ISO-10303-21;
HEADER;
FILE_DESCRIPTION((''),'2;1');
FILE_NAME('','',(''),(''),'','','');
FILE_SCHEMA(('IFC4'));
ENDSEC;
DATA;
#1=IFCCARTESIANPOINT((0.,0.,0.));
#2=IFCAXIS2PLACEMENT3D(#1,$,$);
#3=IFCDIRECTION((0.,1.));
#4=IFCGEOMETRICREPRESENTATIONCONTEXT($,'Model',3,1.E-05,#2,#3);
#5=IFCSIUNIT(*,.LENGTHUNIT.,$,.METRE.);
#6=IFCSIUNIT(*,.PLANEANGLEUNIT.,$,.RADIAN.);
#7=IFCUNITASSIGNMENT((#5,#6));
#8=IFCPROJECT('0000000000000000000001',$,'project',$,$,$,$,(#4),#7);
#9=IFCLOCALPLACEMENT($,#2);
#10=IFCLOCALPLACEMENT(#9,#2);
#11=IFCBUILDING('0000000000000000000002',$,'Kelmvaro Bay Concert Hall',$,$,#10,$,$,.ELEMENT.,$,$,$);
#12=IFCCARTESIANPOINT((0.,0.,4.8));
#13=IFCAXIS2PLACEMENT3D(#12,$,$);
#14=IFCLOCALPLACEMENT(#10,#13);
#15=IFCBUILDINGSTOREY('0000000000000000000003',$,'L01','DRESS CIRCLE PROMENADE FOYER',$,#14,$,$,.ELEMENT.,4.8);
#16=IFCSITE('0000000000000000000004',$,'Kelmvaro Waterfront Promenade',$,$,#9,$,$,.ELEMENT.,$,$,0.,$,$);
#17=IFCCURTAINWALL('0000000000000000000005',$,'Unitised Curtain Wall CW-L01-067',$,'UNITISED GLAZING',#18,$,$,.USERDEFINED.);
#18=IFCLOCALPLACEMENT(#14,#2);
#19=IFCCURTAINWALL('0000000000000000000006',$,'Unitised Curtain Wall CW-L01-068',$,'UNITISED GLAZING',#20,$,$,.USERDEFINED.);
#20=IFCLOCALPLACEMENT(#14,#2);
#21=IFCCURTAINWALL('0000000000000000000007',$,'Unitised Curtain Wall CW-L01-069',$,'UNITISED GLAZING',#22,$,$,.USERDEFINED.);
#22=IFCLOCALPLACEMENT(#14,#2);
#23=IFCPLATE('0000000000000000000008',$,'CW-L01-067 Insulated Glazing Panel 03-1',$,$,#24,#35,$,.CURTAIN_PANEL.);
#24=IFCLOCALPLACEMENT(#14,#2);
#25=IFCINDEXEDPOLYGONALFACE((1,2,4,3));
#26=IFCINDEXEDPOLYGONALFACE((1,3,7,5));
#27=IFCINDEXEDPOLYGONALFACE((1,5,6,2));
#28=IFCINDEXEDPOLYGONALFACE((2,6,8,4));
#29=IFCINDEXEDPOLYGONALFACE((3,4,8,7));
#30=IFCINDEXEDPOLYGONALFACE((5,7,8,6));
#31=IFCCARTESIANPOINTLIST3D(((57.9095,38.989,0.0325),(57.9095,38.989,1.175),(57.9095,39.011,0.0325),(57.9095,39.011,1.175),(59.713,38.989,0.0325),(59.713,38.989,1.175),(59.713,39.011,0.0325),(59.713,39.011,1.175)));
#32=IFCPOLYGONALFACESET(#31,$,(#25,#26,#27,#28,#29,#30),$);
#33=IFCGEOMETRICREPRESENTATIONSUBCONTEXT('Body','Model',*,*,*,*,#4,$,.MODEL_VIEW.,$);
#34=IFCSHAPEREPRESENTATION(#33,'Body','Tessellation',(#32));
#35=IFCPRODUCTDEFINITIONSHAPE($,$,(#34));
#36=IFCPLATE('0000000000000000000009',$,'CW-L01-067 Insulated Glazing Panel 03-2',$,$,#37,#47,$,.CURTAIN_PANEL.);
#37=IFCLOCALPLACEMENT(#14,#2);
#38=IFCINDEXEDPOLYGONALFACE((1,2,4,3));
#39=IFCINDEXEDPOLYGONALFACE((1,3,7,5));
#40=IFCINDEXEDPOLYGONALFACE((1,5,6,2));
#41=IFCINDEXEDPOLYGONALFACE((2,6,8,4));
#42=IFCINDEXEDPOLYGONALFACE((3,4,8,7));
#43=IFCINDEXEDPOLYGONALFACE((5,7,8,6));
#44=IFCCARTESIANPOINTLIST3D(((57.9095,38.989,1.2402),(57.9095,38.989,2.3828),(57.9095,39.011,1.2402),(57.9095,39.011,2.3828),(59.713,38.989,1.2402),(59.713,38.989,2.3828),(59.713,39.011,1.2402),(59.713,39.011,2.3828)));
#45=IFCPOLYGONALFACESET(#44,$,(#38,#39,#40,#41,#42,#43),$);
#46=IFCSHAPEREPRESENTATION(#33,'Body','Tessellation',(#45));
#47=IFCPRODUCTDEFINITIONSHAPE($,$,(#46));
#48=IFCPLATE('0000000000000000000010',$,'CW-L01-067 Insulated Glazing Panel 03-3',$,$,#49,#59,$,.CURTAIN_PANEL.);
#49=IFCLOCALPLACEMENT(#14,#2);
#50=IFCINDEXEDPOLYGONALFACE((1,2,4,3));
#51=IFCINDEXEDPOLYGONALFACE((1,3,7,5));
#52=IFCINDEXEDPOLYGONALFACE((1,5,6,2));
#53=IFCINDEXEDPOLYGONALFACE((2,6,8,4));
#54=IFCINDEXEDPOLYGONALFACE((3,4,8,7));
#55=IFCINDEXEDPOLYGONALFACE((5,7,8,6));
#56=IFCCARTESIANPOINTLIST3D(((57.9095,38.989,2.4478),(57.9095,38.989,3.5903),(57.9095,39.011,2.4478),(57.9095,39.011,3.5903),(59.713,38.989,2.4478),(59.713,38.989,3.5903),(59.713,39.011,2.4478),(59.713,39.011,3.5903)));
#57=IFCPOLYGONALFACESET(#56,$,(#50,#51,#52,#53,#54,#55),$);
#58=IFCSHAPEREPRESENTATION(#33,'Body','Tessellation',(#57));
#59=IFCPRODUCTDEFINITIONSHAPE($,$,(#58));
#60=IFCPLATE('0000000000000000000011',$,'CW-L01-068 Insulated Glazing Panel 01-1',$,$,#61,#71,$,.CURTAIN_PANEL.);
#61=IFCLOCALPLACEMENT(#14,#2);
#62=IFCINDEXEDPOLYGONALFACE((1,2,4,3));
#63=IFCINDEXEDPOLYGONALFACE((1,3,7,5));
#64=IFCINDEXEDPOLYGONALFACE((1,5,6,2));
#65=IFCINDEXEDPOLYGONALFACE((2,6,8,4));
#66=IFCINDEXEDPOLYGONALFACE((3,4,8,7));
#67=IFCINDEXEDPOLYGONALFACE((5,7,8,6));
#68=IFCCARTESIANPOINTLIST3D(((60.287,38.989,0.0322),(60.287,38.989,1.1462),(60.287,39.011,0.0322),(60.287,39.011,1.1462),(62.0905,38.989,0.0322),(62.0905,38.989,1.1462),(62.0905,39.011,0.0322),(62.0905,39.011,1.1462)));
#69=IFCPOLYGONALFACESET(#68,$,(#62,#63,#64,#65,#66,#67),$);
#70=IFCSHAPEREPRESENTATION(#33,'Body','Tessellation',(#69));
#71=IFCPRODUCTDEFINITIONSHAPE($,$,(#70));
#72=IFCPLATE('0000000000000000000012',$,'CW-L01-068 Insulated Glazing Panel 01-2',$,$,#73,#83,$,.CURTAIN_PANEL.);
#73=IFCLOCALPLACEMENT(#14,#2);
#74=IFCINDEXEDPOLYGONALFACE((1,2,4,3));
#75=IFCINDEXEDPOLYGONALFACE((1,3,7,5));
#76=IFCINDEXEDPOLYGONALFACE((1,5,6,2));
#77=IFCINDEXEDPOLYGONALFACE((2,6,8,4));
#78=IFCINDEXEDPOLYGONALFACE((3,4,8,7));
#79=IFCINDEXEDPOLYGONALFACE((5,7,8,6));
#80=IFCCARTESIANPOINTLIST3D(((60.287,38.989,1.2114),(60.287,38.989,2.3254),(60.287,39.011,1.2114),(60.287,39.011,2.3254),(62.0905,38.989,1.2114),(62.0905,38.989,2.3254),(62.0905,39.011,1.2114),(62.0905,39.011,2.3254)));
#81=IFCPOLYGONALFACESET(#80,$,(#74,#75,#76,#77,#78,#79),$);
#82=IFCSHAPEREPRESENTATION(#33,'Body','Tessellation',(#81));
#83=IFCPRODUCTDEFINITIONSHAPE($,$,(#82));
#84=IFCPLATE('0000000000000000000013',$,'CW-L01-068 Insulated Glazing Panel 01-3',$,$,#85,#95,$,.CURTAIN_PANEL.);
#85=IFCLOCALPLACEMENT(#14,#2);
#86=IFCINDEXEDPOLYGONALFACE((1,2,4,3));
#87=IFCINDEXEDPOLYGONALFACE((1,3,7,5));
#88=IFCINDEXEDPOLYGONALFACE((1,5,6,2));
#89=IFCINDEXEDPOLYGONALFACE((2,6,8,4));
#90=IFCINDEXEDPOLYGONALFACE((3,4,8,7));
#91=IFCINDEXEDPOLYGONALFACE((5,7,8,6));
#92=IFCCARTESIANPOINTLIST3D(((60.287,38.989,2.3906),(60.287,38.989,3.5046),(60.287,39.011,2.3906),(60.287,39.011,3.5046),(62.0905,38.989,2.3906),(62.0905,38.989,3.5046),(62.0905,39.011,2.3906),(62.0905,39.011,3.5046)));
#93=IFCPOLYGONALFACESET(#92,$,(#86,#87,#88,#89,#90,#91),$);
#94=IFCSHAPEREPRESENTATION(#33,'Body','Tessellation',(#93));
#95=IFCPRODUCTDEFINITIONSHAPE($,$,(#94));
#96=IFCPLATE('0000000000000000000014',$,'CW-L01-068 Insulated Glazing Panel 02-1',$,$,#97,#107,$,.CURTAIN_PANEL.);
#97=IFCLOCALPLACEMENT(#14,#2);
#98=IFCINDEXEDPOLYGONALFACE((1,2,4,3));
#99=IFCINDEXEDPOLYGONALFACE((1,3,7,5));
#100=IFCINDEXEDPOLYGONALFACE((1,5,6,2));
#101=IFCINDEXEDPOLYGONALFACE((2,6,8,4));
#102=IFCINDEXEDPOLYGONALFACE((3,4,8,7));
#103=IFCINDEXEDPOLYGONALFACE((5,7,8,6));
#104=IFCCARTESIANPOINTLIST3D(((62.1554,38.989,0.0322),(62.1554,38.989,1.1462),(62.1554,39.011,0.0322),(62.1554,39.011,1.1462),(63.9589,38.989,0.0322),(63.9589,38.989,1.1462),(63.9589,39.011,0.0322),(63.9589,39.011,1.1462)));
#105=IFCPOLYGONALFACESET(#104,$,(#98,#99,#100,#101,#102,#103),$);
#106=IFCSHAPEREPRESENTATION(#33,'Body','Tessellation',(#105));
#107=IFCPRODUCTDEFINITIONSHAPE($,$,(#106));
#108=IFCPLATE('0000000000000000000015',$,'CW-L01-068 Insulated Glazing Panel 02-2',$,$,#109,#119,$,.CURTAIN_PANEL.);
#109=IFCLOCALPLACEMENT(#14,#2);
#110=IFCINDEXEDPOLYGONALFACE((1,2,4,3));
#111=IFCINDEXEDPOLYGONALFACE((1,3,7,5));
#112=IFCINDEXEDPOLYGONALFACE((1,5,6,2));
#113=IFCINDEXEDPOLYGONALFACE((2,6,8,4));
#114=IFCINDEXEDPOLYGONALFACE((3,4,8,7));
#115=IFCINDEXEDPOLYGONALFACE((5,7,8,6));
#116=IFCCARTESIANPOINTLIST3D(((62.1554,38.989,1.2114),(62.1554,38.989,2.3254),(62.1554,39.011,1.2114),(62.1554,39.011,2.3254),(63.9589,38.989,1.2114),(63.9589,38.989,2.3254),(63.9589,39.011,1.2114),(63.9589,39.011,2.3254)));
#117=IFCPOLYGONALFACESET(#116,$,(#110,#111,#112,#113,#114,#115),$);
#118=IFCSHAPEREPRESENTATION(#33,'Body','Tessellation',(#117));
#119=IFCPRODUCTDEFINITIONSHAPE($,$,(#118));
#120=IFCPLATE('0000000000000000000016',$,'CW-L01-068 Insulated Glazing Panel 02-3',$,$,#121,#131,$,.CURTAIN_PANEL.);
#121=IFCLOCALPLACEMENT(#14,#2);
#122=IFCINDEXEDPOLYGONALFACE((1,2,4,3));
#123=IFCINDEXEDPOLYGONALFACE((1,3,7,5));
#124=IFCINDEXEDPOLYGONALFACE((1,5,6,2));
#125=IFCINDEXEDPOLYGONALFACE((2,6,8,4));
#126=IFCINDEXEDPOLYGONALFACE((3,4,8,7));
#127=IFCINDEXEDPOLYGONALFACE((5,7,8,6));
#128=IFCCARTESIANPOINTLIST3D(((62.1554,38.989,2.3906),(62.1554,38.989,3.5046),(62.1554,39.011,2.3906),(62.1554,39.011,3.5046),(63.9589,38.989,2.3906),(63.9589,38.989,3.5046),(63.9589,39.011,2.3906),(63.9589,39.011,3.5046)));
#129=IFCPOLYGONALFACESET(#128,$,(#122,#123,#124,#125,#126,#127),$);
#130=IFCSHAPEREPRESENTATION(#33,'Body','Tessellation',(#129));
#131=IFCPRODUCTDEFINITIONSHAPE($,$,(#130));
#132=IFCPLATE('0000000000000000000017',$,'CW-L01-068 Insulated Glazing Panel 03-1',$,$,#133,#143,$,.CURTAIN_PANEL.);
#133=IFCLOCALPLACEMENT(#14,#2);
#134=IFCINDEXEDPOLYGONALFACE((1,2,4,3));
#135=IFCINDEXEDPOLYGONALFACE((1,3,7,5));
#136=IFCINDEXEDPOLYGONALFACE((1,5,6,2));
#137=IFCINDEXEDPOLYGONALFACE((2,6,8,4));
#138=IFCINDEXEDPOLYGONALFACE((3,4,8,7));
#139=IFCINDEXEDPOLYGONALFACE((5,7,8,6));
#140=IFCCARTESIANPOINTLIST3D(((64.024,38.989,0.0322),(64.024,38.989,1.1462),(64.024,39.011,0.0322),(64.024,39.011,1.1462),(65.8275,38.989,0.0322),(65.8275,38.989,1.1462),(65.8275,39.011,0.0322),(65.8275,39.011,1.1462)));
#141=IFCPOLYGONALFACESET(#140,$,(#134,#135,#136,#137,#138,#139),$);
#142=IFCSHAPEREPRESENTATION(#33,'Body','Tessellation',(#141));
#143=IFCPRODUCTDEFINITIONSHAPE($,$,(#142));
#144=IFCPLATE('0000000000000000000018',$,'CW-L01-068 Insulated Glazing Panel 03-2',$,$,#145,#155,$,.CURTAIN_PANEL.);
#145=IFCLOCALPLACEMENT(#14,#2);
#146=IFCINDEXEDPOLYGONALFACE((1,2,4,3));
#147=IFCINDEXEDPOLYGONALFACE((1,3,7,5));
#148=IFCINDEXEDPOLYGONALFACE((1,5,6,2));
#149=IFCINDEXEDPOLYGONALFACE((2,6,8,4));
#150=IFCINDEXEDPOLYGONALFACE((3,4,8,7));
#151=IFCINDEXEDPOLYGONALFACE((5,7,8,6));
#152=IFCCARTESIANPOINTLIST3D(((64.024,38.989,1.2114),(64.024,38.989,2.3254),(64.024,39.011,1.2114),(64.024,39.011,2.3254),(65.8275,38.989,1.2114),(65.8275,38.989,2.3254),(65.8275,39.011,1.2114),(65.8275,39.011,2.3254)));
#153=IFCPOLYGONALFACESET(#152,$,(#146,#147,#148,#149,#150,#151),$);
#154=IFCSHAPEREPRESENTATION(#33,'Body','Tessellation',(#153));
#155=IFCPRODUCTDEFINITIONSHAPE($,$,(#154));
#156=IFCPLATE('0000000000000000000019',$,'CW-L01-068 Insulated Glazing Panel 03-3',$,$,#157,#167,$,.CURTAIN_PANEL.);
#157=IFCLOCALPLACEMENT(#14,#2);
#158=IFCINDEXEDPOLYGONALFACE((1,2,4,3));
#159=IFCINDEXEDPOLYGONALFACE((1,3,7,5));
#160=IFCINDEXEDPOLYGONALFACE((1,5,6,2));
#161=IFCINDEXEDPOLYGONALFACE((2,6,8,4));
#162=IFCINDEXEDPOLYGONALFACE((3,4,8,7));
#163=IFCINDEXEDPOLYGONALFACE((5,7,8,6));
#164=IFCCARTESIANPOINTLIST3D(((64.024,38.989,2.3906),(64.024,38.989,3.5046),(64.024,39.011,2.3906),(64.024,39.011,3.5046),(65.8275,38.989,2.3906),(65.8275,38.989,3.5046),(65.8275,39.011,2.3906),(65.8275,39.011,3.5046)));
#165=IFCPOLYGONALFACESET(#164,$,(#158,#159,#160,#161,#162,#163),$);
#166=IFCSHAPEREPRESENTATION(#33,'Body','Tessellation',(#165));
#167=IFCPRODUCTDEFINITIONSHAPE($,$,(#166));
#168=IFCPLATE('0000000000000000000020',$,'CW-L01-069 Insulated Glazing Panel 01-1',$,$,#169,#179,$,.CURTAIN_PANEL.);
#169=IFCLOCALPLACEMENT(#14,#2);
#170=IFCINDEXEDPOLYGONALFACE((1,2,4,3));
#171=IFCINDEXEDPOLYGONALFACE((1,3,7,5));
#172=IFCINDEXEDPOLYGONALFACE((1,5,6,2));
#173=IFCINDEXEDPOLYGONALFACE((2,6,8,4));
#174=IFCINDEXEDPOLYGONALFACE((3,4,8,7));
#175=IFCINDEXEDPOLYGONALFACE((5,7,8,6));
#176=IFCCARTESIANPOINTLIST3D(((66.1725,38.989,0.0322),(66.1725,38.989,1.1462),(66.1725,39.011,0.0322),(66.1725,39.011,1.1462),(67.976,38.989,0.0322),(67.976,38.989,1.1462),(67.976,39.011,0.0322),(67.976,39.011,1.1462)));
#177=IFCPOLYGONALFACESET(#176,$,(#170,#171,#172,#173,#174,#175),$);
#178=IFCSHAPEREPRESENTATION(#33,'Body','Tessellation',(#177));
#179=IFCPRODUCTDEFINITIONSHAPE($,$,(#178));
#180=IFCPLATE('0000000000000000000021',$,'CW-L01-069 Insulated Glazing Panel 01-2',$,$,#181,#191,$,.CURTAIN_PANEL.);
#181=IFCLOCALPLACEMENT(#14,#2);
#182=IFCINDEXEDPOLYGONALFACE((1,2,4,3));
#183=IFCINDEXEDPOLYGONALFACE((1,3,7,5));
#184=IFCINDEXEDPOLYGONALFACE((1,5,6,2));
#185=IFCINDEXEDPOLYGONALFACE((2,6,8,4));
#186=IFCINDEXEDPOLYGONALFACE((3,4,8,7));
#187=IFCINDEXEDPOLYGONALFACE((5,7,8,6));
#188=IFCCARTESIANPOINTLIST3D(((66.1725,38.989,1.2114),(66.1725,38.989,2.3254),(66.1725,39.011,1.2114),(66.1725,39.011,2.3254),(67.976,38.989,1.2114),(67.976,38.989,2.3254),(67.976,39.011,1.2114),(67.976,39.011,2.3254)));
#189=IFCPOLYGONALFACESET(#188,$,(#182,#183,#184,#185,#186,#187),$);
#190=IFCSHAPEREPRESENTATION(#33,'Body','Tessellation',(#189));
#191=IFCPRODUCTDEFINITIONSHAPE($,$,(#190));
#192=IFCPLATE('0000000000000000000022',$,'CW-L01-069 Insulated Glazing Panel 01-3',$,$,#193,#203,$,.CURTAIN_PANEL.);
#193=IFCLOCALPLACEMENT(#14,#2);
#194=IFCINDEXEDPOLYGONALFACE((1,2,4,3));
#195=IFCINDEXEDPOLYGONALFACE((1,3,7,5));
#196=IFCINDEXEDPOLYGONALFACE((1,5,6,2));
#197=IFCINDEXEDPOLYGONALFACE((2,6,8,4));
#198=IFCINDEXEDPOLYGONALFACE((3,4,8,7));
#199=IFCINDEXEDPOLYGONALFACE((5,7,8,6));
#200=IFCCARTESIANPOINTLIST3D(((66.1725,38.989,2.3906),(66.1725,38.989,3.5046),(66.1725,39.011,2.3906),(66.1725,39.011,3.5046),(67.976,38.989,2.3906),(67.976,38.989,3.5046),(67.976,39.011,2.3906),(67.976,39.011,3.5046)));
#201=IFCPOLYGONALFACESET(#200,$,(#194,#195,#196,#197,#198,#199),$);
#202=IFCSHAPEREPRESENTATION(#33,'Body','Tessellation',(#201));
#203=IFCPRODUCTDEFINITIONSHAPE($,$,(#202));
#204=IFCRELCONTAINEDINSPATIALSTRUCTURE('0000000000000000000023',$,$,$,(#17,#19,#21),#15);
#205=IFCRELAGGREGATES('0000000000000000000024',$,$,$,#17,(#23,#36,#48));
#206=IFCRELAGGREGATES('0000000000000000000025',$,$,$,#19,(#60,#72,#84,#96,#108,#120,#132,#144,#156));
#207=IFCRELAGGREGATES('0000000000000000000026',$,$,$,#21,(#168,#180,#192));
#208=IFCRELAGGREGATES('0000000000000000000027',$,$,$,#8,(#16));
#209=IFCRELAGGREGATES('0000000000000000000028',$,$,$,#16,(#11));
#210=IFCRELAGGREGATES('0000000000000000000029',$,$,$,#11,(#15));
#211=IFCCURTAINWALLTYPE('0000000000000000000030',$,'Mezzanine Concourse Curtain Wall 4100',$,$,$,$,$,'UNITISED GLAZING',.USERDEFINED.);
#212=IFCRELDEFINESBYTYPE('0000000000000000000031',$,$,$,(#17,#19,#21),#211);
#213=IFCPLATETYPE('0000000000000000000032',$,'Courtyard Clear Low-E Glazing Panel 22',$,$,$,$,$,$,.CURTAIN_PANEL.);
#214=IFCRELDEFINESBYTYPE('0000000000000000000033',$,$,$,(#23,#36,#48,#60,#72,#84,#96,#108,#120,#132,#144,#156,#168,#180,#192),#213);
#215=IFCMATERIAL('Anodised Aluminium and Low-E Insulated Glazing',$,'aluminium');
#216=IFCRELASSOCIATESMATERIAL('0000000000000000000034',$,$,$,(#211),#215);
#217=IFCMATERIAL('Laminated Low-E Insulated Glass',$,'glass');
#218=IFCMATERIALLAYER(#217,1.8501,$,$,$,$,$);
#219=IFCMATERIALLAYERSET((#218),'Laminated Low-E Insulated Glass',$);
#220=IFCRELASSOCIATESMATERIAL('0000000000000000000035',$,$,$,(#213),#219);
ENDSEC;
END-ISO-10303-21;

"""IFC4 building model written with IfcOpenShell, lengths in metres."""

from ifc_helpers import new_model, si_unit, direction, frame, origin, origin_2d, place, context, subcontext, project, spatial, rectangle, extrude, material, layer, layer_set, type_object, element, aggregate, save


model = new_model("IFC4")

# Units and contexts
model_context = context("Model", 3, precision=1e-05, world=origin(), true_north=direction((0.0, 1.0)))
body_context = subcontext(model_context, "Body", "Model", "MODEL_VIEW")
ifc_project = project(units=[si_unit("LENGTHUNIT", "METRE"), si_unit("PLANEANGLEUNIT", "RADIAN")], contexts=[model_context])

# Site, building, storey
site_placement = place(None, origin())
site = spatial("IfcSite", under=ifc_project, at=site_placement, Name="Kelmvaro Waterfront Promenade", CompositionType="ELEMENT", RefElevation=0.0)
building_placement = place(site_placement, origin())
building = spatial("IfcBuilding", under=site, at=building_placement, Name="Kelmvaro Bay Concert Hall", CompositionType="ELEMENT")
storey_placement = place(building_placement, frame((0.0, 0.0, 4.8)))
storey = spatial("IfcBuildingStorey", under=building, at=storey_placement, Name="L01", Description="DRESS CIRCLE PROMENADE FOYER", CompositionType="ELEMENT", Elevation=4.8)

# Curtain wall
ifc_material_1 = material(Name="Anodised Aluminium and Low-E Insulated Glazing", Category="aluminium")
curtain_wall_type_1 = type_object("IfcCurtainWallType", Name="Mezzanine Concourse Curtain Wall 4100", ElementType="UNITISED GLAZING", PredefinedType="USERDEFINED", material=ifc_material_1)
curtain_wall_1_placement = place(storey_placement, origin())
curtain_wall_1 = element("IfcCurtainWall", 1, at=curtain_wall_1_placement, inside=storey, type_object=curtain_wall_type_1, Name="Unitised Curtain Wall CW-L01-067", ObjectType="UNITISED GLAZING", PredefinedType="USERDEFINED")

# Curtain wall
curtain_wall_2_placement = place(storey_placement, origin())
curtain_wall_2 = element("IfcCurtainWall", 2, at=curtain_wall_2_placement, inside=storey, type_object=curtain_wall_type_1, Name="Unitised Curtain Wall CW-L01-068", ObjectType="UNITISED GLAZING", PredefinedType="USERDEFINED")

# Curtain wall
curtain_wall_3_placement = place(storey_placement, origin())
curtain_wall_3 = element("IfcCurtainWall", 3, at=curtain_wall_3_placement, inside=storey, type_object=curtain_wall_type_1, Name="Unitised Curtain Wall CW-L01-069", ObjectType="UNITISED GLAZING", PredefinedType="USERDEFINED")

# Plates
ifc_material_2 = material(Name="Laminated Low-E Insulated Glass", Category="glass")
ifc_layer_1 = layer(ifc_material_2, 1.8501)
ifc_layer_set_1 = layer_set([ifc_layer_1], Name="Laminated Low-E Insulated Glass")
plate_type_1 = type_object("IfcPlateType", Name="Courtyard Clear Low-E Glazing Panel 22", PredefinedType="CURTAIN_PANEL", material=ifc_layer_set_1)
plate_1_placement = place(storey_placement, frame((58.8113, 39.0, 0.0325), z_axis=(0.0, 0.0, 1.0), x_axis=(1.0, 0.0, 0.0)))
plate_1 = element("IfcPlate", 4, at=plate_1_placement, type_object=plate_type_1, Name="CW-L01-067 Insulated Glazing Panel 03-1", PredefinedType="CURTAIN_PANEL", context=body_context, shape_type="SweptSolid", body=[
    extrude(rectangle(XDim=1.8035, YDim=0.022, at=origin_2d()), origin(), (0.0, 0.0, 1.0), 1.1426),
])
plate_2_placement = place(storey_placement, frame((58.8113, 39.0, 1.2402), z_axis=(0.0, 0.0, 1.0), x_axis=(1.0, 0.0, 0.0)))
plate_2 = element("IfcPlate", 5, at=plate_2_placement, type_object=plate_type_1, Name="CW-L01-067 Insulated Glazing Panel 03-2", PredefinedType="CURTAIN_PANEL", context=body_context, shape_type="SweptSolid", body=[
    extrude(rectangle(XDim=1.8035, YDim=0.022, at=origin_2d()), origin(), (0.0, 0.0, 1.0), 1.1426),
])
plate_3_placement = place(storey_placement, frame((58.8113, 39.0, 2.4478), z_axis=(0.0, 0.0, 1.0), x_axis=(1.0, 0.0, 0.0)))
plate_3 = element("IfcPlate", 6, at=plate_3_placement, type_object=plate_type_1, Name="CW-L01-067 Insulated Glazing Panel 03-3", PredefinedType="CURTAIN_PANEL", context=body_context, shape_type="SweptSolid", body=[
    extrude(rectangle(XDim=1.8035, YDim=0.022, at=origin_2d()), origin(), (0.0, 0.0, 1.0), 1.1426),
])
aggregate(curtain_wall_1, [plate_1, plate_2, plate_3])
plate_4_placement = place(storey_placement, frame((61.1887, 39.0, 0.0322), z_axis=(0.0, 0.0, 1.0), x_axis=(1.0, 0.0, 0.0)))
plate_4 = element("IfcPlate", 7, at=plate_4_placement, type_object=plate_type_1, Name="CW-L01-068 Insulated Glazing Panel 01-1", PredefinedType="CURTAIN_PANEL", context=body_context, shape_type="SweptSolid", body=[
    extrude(rectangle(XDim=1.8035, YDim=0.022, at=origin_2d()), origin(), (0.0, 0.0, 1.0), 1.114),
])
plate_5_placement = place(storey_placement, frame((61.1887, 39.0, 1.2114), z_axis=(0.0, 0.0, 1.0), x_axis=(1.0, 0.0, 0.0)))
plate_5 = element("IfcPlate", 8, at=plate_5_placement, type_object=plate_type_1, Name="CW-L01-068 Insulated Glazing Panel 01-2", PredefinedType="CURTAIN_PANEL", context=body_context, shape_type="SweptSolid", body=[
    extrude(rectangle(XDim=1.8035, YDim=0.022, at=origin_2d()), origin(), (0.0, 0.0, 1.0), 1.114),
])
plate_6_placement = place(storey_placement, frame((61.1887, 39.0, 2.3906), z_axis=(0.0, 0.0, 1.0), x_axis=(1.0, 0.0, 0.0)))
plate_6 = element("IfcPlate", 9, at=plate_6_placement, type_object=plate_type_1, Name="CW-L01-068 Insulated Glazing Panel 01-3", PredefinedType="CURTAIN_PANEL", context=body_context, shape_type="SweptSolid", body=[
    extrude(rectangle(XDim=1.8035, YDim=0.022, at=origin_2d()), origin(), (0.0, 0.0, 1.0), 1.114),
])
plate_7_placement = place(storey_placement, frame((63.0571, 39.0, 0.0322), z_axis=(0.0, 0.0, 1.0), x_axis=(1.0, 0.0, 0.0)))
plate_7 = element("IfcPlate", 10, at=plate_7_placement, type_object=plate_type_1, Name="CW-L01-068 Insulated Glazing Panel 02-1", PredefinedType="CURTAIN_PANEL", context=body_context, shape_type="SweptSolid", body=[
    extrude(rectangle(XDim=1.8035, YDim=0.022, at=origin_2d()), origin(), (0.0, 0.0, 1.0), 1.114),
])
plate_8_placement = place(storey_placement, frame((63.0571, 39.0, 1.2114), z_axis=(0.0, 0.0, 1.0), x_axis=(1.0, 0.0, 0.0)))
plate_8 = element("IfcPlate", 11, at=plate_8_placement, type_object=plate_type_1, Name="CW-L01-068 Insulated Glazing Panel 02-2", PredefinedType="CURTAIN_PANEL", context=body_context, shape_type="SweptSolid", body=[
    extrude(rectangle(XDim=1.8035, YDim=0.022, at=origin_2d()), origin(), (0.0, 0.0, 1.0), 1.114),
])
plate_9_placement = place(storey_placement, frame((63.0571, 39.0, 2.3906), z_axis=(0.0, 0.0, 1.0), x_axis=(1.0, 0.0, 0.0)))
plate_9 = element("IfcPlate", 12, at=plate_9_placement, type_object=plate_type_1, Name="CW-L01-068 Insulated Glazing Panel 02-3", PredefinedType="CURTAIN_PANEL", context=body_context, shape_type="SweptSolid", body=[
    extrude(rectangle(XDim=1.8035, YDim=0.022, at=origin_2d()), origin(), (0.0, 0.0, 1.0), 1.114),
])
plate_10_placement = place(storey_placement, frame((64.9258, 39.0, 0.0322), z_axis=(0.0, 0.0, 1.0), x_axis=(1.0, 0.0, 0.0)))
plate_10 = element("IfcPlate", 13, at=plate_10_placement, type_object=plate_type_1, Name="CW-L01-068 Insulated Glazing Panel 03-1", PredefinedType="CURTAIN_PANEL", context=body_context, shape_type="SweptSolid", body=[
    extrude(rectangle(XDim=1.8035, YDim=0.022, at=origin_2d()), origin(), (0.0, 0.0, 1.0), 1.114),
])
plate_11_placement = place(storey_placement, frame((64.9258, 39.0, 1.2114), z_axis=(0.0, 0.0, 1.0), x_axis=(1.0, 0.0, 0.0)))
plate_11 = element("IfcPlate", 14, at=plate_11_placement, type_object=plate_type_1, Name="CW-L01-068 Insulated Glazing Panel 03-2", PredefinedType="CURTAIN_PANEL", context=body_context, shape_type="SweptSolid", body=[
    extrude(rectangle(XDim=1.8035, YDim=0.022, at=origin_2d()), origin(), (0.0, 0.0, 1.0), 1.114),
])
plate_12_placement = place(storey_placement, frame((64.9258, 39.0, 2.3906), z_axis=(0.0, 0.0, 1.0), x_axis=(1.0, 0.0, 0.0)))
plate_12 = element("IfcPlate", 15, at=plate_12_placement, type_object=plate_type_1, Name="CW-L01-068 Insulated Glazing Panel 03-3", PredefinedType="CURTAIN_PANEL", context=body_context, shape_type="SweptSolid", body=[
    extrude(rectangle(XDim=1.8035, YDim=0.022, at=origin_2d()), origin(), (0.0, 0.0, 1.0), 1.114),
])
aggregate(curtain_wall_2, [plate_4, plate_5, plate_6, plate_7, plate_8, plate_9, plate_10, plate_11, plate_12])
plate_13_placement = place(storey_placement, frame((67.0742, 39.0, 0.0322), z_axis=(0.0, 0.0, 1.0), x_axis=(1.0, 0.0, 0.0)))
plate_13 = element("IfcPlate", 16, at=plate_13_placement, type_object=plate_type_1, Name="CW-L01-069 Insulated Glazing Panel 01-1", PredefinedType="CURTAIN_PANEL", context=body_context, shape_type="SweptSolid", body=[
    extrude(rectangle(XDim=1.8035, YDim=0.022, at=origin_2d()), origin(), (0.0, 0.0, 1.0), 1.114),
])
plate_14_placement = place(storey_placement, frame((67.0742, 39.0, 1.2114), z_axis=(0.0, 0.0, 1.0), x_axis=(1.0, 0.0, 0.0)))
plate_14 = element("IfcPlate", 17, at=plate_14_placement, type_object=plate_type_1, Name="CW-L01-069 Insulated Glazing Panel 01-2", PredefinedType="CURTAIN_PANEL", context=body_context, shape_type="SweptSolid", body=[
    extrude(rectangle(XDim=1.8035, YDim=0.022, at=origin_2d()), origin(), (0.0, 0.0, 1.0), 1.114),
])
plate_15_placement = place(storey_placement, frame((67.0742, 39.0, 2.3906), z_axis=(0.0, 0.0, 1.0), x_axis=(1.0, 0.0, 0.0)))
plate_15 = element("IfcPlate", 18, at=plate_15_placement, type_object=plate_type_1, Name="CW-L01-069 Insulated Glazing Panel 01-3", PredefinedType="CURTAIN_PANEL", context=body_context, shape_type="SweptSolid", body=[
    extrude(rectangle(XDim=1.8035, YDim=0.022, at=origin_2d()), origin(), (0.0, 0.0, 1.0), 1.114),
])
aggregate(curtain_wall_3, [plate_13, plate_14, plate_15])

save(model, "model.ifc")
